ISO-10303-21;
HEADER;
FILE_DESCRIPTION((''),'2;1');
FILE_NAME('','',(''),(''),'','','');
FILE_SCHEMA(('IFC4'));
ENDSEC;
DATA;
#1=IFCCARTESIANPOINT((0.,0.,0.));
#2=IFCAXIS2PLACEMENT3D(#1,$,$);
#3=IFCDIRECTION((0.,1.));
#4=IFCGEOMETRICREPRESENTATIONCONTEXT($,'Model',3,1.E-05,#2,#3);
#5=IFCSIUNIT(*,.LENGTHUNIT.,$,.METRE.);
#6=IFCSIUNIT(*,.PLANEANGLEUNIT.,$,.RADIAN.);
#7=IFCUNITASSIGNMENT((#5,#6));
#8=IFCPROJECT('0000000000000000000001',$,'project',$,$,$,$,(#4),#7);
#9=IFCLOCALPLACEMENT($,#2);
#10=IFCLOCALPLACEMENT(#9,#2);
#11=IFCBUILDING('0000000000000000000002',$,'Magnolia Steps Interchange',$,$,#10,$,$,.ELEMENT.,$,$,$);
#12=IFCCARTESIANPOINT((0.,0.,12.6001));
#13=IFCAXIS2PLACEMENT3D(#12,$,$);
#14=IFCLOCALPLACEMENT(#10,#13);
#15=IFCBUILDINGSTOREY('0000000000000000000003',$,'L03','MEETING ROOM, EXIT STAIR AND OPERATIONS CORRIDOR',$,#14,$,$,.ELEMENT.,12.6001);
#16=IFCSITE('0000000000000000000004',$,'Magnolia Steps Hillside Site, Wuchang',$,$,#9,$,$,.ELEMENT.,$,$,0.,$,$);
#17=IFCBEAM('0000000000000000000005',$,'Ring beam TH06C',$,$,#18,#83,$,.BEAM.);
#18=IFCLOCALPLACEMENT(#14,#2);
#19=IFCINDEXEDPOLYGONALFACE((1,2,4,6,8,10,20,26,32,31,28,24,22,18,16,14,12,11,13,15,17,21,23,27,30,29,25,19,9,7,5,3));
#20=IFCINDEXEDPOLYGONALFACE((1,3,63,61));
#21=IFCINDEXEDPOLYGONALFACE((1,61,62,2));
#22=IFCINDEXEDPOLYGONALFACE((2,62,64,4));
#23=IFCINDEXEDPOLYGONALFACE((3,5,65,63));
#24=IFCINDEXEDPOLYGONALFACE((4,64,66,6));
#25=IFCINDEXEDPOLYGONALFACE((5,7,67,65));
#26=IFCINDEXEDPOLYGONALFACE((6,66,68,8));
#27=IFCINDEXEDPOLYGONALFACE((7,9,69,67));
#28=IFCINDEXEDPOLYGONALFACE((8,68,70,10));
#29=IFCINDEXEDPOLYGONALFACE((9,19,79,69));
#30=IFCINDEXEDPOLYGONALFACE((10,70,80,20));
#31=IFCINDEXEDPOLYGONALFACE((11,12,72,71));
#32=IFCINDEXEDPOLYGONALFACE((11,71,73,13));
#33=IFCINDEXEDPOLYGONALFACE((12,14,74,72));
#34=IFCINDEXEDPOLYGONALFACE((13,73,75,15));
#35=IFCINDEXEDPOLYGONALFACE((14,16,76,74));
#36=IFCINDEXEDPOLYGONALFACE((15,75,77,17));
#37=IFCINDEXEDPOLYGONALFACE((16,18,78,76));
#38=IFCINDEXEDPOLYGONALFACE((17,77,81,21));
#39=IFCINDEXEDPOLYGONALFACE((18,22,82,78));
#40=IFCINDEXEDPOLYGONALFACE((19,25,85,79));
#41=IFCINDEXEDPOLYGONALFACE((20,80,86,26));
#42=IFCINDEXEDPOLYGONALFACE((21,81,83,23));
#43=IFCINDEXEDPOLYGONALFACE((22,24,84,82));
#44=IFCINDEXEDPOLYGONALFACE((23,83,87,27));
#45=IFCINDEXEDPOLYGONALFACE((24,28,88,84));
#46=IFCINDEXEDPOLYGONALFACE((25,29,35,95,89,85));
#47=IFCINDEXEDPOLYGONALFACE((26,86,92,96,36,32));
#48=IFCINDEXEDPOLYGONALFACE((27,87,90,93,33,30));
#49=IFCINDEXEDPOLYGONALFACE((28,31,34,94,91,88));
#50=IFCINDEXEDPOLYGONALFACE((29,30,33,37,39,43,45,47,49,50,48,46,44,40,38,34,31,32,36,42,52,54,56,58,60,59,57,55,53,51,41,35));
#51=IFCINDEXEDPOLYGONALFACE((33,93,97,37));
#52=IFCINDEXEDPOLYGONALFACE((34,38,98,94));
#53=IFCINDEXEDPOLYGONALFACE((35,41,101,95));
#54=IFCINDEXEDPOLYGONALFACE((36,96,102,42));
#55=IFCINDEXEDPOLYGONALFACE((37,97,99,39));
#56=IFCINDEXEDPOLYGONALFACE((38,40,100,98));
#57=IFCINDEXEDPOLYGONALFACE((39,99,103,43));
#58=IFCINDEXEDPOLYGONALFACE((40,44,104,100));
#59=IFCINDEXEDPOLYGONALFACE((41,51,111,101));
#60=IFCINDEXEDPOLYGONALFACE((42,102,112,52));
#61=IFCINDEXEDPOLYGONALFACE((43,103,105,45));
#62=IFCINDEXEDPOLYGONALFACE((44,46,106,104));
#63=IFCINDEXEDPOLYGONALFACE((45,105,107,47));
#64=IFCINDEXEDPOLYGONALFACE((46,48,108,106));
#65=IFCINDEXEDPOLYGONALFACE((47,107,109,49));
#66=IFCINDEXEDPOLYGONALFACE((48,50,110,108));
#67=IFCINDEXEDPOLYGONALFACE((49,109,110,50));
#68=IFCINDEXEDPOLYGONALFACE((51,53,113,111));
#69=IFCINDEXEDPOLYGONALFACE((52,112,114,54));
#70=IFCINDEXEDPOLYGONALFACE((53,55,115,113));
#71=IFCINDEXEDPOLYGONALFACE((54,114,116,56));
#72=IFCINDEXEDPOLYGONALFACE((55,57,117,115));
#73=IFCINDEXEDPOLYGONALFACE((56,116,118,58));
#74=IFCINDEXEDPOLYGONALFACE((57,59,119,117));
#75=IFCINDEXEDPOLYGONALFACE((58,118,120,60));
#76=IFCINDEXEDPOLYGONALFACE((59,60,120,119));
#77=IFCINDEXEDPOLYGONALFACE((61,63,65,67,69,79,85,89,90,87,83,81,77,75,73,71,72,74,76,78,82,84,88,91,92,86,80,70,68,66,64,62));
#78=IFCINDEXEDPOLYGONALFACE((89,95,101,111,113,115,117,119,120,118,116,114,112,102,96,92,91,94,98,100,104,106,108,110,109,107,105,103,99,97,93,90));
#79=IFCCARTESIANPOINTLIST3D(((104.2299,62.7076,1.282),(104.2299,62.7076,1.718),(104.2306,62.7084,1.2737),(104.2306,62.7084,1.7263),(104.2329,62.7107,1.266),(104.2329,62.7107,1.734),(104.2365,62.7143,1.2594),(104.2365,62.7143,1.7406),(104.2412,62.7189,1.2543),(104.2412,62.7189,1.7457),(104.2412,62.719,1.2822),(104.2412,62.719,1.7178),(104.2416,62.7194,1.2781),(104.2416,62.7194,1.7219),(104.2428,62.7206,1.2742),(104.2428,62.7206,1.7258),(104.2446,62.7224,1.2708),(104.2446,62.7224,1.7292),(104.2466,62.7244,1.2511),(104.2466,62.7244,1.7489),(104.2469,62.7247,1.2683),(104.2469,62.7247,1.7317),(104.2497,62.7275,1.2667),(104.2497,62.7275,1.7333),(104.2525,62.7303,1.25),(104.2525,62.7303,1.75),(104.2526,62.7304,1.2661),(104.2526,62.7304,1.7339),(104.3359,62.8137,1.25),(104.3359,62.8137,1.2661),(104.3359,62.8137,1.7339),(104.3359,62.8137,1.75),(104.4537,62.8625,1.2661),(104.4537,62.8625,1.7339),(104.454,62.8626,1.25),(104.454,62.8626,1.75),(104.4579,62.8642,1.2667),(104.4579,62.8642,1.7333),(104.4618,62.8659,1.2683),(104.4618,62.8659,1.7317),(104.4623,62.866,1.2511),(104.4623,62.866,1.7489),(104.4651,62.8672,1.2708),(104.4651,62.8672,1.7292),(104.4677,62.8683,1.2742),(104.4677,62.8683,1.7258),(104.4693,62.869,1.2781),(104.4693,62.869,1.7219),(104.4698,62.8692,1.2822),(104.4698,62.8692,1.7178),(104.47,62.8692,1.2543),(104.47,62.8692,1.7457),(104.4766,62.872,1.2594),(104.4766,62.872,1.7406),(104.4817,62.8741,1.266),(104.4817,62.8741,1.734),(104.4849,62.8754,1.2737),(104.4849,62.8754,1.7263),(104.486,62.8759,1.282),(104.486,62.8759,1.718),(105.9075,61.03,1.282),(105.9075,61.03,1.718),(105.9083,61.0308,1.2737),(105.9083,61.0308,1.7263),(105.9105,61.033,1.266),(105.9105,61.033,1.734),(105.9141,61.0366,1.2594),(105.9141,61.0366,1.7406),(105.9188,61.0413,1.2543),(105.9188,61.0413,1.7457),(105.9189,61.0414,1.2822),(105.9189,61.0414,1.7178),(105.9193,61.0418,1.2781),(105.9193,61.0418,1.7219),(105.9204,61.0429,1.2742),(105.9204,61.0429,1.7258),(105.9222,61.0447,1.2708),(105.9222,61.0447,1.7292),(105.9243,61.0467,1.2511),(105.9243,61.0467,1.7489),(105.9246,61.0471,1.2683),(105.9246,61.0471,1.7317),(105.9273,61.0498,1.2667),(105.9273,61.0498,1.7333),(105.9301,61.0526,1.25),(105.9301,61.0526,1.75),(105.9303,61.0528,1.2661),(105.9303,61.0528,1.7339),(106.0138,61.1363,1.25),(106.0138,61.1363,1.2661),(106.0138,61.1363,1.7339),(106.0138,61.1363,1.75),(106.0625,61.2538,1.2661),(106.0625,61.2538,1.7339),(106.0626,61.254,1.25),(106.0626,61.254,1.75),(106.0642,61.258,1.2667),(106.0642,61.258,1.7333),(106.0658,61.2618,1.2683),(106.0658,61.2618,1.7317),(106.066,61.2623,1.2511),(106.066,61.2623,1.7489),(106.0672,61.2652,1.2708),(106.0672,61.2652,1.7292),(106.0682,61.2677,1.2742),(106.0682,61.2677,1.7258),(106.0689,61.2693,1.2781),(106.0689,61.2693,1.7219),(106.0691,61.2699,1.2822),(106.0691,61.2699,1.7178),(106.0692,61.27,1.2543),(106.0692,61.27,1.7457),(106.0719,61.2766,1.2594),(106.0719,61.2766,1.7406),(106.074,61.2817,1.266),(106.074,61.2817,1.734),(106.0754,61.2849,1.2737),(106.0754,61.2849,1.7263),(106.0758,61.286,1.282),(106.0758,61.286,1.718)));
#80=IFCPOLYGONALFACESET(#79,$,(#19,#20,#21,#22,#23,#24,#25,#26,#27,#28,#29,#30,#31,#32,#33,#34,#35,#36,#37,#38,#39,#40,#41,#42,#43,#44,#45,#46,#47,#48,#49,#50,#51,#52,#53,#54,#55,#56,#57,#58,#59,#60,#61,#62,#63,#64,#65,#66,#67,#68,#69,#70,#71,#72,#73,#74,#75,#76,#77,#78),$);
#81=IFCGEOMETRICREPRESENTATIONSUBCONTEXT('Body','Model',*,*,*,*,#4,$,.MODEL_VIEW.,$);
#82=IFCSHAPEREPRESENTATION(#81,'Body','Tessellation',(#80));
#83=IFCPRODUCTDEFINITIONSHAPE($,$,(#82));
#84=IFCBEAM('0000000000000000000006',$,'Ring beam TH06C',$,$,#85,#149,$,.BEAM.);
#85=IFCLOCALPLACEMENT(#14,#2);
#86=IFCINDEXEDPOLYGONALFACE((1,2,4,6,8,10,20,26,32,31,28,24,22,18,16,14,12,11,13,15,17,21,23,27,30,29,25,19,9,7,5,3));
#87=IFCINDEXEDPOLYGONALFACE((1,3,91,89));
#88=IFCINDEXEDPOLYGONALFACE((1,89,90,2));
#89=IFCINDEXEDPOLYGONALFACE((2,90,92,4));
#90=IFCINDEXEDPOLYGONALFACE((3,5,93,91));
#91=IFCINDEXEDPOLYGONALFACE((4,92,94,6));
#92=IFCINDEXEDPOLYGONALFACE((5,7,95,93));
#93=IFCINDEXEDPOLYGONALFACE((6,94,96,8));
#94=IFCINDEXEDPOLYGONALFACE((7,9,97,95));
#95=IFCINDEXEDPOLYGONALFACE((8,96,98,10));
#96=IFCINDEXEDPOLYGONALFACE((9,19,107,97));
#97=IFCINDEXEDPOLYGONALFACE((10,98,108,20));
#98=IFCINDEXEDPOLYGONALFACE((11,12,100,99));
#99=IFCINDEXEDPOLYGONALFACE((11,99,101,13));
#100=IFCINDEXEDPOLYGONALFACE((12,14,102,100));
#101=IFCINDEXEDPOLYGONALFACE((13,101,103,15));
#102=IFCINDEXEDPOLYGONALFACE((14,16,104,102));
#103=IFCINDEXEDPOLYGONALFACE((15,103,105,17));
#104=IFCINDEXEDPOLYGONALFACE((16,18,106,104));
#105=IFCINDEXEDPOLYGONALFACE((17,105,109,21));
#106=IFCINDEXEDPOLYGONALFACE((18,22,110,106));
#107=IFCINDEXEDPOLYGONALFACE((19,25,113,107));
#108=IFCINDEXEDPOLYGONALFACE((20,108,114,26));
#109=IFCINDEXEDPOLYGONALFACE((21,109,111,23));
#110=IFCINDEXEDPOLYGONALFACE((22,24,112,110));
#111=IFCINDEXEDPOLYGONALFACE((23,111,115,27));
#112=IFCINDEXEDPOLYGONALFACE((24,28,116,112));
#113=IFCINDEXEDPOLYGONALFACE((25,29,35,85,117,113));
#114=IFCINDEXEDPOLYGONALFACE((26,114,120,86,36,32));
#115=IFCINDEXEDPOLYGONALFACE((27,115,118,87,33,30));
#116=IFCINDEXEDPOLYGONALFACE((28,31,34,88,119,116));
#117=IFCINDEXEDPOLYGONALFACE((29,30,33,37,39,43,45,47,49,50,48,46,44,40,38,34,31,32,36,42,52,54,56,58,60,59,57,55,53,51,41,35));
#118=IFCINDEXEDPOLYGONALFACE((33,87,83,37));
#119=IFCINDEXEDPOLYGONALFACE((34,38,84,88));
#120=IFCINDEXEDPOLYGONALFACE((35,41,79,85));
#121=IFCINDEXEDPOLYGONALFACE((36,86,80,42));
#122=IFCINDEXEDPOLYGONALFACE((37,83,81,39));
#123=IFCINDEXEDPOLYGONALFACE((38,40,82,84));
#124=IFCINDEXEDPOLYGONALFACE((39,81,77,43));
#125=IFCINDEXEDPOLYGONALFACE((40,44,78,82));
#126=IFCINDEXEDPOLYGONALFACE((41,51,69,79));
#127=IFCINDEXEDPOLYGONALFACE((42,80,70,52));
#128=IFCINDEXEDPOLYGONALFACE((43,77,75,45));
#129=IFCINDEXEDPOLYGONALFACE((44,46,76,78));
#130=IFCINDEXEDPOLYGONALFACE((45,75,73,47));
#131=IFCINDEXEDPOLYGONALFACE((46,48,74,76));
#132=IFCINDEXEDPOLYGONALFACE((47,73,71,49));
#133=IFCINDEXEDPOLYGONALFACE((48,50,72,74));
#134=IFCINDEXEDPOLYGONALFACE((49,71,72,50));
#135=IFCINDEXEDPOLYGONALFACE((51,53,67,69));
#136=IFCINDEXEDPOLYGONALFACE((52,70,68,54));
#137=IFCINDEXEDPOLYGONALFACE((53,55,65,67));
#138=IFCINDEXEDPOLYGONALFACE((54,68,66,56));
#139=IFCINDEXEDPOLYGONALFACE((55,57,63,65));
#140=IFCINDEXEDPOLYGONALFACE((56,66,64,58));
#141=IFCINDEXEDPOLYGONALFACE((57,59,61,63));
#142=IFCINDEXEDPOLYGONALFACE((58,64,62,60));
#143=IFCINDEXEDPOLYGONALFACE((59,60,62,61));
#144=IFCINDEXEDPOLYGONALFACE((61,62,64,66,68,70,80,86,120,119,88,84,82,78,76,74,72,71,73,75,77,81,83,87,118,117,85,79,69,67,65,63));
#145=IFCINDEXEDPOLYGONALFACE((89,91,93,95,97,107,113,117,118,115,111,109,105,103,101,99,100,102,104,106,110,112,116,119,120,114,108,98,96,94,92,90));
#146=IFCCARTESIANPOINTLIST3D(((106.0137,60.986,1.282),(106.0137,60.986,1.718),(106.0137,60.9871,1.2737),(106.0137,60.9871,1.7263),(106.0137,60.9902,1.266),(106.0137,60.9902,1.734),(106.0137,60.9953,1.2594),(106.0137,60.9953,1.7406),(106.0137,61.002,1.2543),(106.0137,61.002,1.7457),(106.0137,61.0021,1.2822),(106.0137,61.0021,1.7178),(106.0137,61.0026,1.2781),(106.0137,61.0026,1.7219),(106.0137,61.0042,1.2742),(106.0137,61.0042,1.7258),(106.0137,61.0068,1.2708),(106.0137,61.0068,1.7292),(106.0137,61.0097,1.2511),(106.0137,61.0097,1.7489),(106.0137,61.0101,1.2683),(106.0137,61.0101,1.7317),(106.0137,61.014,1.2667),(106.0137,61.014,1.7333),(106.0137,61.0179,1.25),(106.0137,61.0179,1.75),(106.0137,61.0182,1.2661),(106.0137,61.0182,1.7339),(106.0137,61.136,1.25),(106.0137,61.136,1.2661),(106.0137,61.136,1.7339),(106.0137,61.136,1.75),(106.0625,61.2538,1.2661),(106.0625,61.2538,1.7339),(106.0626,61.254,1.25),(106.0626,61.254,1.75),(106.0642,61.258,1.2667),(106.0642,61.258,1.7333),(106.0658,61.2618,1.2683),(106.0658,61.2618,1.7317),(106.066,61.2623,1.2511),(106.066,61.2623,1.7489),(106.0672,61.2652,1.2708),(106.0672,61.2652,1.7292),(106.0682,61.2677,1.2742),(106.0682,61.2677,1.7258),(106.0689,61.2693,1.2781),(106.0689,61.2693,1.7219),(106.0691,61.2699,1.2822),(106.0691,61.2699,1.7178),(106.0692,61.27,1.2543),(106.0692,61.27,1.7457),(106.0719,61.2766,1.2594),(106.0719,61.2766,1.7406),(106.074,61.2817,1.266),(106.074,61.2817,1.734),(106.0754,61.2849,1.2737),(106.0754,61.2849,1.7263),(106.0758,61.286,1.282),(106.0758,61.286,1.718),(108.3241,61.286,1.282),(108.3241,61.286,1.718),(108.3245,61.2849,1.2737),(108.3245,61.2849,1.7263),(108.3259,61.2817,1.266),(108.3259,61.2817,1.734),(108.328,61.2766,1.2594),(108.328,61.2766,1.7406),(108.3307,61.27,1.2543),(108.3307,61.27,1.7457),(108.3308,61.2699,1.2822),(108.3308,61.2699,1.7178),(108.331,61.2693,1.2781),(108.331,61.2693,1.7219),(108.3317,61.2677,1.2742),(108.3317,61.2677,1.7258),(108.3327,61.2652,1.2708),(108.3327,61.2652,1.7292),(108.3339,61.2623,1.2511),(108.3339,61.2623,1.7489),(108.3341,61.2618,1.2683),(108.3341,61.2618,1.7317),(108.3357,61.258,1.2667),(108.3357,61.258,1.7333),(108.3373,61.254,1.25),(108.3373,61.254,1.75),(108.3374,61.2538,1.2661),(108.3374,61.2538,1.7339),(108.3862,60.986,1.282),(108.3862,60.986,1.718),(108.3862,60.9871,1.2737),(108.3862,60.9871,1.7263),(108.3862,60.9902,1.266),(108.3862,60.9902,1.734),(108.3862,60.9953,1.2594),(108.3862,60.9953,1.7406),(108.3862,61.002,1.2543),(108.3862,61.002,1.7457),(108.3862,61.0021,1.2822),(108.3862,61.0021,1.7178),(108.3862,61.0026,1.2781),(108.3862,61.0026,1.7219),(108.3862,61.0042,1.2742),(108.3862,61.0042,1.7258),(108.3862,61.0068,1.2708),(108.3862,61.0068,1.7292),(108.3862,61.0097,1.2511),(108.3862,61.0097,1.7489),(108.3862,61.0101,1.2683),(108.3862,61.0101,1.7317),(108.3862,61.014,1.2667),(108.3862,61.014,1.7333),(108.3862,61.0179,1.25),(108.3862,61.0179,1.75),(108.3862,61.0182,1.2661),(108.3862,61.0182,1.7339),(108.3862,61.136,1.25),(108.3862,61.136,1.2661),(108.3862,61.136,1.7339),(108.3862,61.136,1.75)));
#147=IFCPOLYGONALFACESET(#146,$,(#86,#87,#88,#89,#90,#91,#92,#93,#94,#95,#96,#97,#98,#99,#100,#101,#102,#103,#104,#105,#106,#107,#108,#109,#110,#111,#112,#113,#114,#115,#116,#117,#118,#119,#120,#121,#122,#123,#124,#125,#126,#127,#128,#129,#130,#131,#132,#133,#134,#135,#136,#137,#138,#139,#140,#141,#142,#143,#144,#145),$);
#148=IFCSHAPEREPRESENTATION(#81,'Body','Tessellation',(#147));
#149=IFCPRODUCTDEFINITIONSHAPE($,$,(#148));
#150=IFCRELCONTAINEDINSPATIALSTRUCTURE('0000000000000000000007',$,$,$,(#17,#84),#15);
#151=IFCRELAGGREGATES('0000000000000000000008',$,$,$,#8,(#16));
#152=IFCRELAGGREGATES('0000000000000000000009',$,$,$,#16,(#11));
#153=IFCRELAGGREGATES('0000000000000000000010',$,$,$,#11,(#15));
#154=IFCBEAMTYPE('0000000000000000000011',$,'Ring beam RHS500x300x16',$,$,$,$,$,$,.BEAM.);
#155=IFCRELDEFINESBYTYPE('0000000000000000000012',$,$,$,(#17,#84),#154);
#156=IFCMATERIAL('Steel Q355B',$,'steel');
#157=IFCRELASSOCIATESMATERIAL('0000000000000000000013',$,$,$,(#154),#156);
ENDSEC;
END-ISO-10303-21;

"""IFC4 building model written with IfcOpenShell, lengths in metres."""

from ifc_helpers import new_model, si_unit, direction, frame, origin, origin_2d, place, context, subcontext, project, spatial, hollow_rectangle, extrude, clip, halfspace, material, material_profile, profile_set, type_object, element, save


model = new_model("IFC4")

# Units and contexts
model_context = context("Model", 3, precision=1e-05, world=origin(), true_north=direction((0.0, 1.0)))
body_context = subcontext(model_context, "Body", "Model", "MODEL_VIEW")
ifc_project = project(units=[si_unit("LENGTHUNIT", "METRE"), si_unit("PLANEANGLEUNIT", "RADIAN")], contexts=[model_context])

# Site, building, storey
site_placement = place(None, origin())
site = spatial("IfcSite", under=ifc_project, at=site_placement, Name="Magnolia Steps Hillside Site, Wuchang", CompositionType="ELEMENT", RefElevation=0.0)
building_placement = place(site_placement, origin())
building = spatial("IfcBuilding", under=site, at=building_placement, Name="Magnolia Steps Interchange", CompositionType="ELEMENT")
storey_placement = place(building_placement, frame((0.0, 0.0, 12.6001)))
storey = spatial("IfcBuildingStorey", under=building, at=storey_placement, Name="L03", Description="MEETING ROOM, EXIT STAIR AND OPERATIONS CORRIDOR", CompositionType="ELEMENT", Elevation=12.6001)

# Beams
ifc_material_1 = material(Name="Steel Q355B", Category="steel")
ifc_material_profile_1 = material_profile(ifc_material_1, hollow_rectangle(XDim=0.3, YDim=0.5, WallThickness=0.0161, InnerFilletRadius=0.0161, OuterFilletRadius=0.032, at=origin_2d()), Name="RHS500x300x16")
ifc_profile_set_1 = profile_set([ifc_material_profile_1], Name="Steel Q355B")
beam_type_1 = type_object("IfcBeamType", Name="Ring beam RHS500x300x16", PredefinedType="BEAM", material=ifc_profile_set_1)
beam_1_placement = place(storey_placement, frame((104.3359, 62.8137, 1.5), z_axis=(0.707107, -0.707107, 0.0), x_axis=(0.707107, 0.707107, 0.0)))
element("IfcBeam", 1, at=beam_1_placement, inside=storey, type_object=beam_type_1, Name="Ring beam TH06C", PredefinedType="BEAM", context=body_context, shape_type="Clipping", body=[
    clip(clip(extrude(hollow_rectangle(XDim=0.3, YDim=0.5, WallThickness=0.0161, InnerFilletRadius=0.0161, OuterFilletRadius=0.032, at=origin_2d()), origin(), (0.0, 0.0, 1.0), 2.3726), halfspace(frame((0.0, 0.0, 0.0), z_axis=(0.382683, 0.0, -0.92388), x_axis=(0.92388, 0.0, 0.382683)), False)), halfspace(frame((0.0, 0.0, 2.3727), z_axis=(0.382683, 0.0, 0.92388), x_axis=(0.92388, 0.0, -0.382683)), False)),
])
beam_2_placement = place(storey_placement, frame((106.0137, 61.136, 1.5), z_axis=(1.0, 0.0, 0.0), x_axis=(0.0, 1.0, 0.0)))
element("IfcBeam", 2, at=beam_2_placement, inside=storey, type_object=beam_type_1, Name="Ring beam TH06C", PredefinedType="BEAM", context=body_context, shape_type="Clipping", body=[
    clip(clip(extrude(hollow_rectangle(XDim=0.3, YDim=0.5, WallThickness=0.0161, InnerFilletRadius=0.0161, OuterFilletRadius=0.032, at=origin_2d()), origin(), (0.0, 0.0, 1.0), 2.3726), halfspace(frame((0.0, 0.0, 0.0), z_axis=(0.382683, 0.0, -0.92388), x_axis=(0.92388, 0.0, 0.382683)), False)), halfspace(frame((0.0, 0.0, 2.3726), z_axis=(0.382683, 0.0, 0.92388), x_axis=(0.92388, 0.0, -0.382683)), False)),
])

save(model, "model.ifc")
